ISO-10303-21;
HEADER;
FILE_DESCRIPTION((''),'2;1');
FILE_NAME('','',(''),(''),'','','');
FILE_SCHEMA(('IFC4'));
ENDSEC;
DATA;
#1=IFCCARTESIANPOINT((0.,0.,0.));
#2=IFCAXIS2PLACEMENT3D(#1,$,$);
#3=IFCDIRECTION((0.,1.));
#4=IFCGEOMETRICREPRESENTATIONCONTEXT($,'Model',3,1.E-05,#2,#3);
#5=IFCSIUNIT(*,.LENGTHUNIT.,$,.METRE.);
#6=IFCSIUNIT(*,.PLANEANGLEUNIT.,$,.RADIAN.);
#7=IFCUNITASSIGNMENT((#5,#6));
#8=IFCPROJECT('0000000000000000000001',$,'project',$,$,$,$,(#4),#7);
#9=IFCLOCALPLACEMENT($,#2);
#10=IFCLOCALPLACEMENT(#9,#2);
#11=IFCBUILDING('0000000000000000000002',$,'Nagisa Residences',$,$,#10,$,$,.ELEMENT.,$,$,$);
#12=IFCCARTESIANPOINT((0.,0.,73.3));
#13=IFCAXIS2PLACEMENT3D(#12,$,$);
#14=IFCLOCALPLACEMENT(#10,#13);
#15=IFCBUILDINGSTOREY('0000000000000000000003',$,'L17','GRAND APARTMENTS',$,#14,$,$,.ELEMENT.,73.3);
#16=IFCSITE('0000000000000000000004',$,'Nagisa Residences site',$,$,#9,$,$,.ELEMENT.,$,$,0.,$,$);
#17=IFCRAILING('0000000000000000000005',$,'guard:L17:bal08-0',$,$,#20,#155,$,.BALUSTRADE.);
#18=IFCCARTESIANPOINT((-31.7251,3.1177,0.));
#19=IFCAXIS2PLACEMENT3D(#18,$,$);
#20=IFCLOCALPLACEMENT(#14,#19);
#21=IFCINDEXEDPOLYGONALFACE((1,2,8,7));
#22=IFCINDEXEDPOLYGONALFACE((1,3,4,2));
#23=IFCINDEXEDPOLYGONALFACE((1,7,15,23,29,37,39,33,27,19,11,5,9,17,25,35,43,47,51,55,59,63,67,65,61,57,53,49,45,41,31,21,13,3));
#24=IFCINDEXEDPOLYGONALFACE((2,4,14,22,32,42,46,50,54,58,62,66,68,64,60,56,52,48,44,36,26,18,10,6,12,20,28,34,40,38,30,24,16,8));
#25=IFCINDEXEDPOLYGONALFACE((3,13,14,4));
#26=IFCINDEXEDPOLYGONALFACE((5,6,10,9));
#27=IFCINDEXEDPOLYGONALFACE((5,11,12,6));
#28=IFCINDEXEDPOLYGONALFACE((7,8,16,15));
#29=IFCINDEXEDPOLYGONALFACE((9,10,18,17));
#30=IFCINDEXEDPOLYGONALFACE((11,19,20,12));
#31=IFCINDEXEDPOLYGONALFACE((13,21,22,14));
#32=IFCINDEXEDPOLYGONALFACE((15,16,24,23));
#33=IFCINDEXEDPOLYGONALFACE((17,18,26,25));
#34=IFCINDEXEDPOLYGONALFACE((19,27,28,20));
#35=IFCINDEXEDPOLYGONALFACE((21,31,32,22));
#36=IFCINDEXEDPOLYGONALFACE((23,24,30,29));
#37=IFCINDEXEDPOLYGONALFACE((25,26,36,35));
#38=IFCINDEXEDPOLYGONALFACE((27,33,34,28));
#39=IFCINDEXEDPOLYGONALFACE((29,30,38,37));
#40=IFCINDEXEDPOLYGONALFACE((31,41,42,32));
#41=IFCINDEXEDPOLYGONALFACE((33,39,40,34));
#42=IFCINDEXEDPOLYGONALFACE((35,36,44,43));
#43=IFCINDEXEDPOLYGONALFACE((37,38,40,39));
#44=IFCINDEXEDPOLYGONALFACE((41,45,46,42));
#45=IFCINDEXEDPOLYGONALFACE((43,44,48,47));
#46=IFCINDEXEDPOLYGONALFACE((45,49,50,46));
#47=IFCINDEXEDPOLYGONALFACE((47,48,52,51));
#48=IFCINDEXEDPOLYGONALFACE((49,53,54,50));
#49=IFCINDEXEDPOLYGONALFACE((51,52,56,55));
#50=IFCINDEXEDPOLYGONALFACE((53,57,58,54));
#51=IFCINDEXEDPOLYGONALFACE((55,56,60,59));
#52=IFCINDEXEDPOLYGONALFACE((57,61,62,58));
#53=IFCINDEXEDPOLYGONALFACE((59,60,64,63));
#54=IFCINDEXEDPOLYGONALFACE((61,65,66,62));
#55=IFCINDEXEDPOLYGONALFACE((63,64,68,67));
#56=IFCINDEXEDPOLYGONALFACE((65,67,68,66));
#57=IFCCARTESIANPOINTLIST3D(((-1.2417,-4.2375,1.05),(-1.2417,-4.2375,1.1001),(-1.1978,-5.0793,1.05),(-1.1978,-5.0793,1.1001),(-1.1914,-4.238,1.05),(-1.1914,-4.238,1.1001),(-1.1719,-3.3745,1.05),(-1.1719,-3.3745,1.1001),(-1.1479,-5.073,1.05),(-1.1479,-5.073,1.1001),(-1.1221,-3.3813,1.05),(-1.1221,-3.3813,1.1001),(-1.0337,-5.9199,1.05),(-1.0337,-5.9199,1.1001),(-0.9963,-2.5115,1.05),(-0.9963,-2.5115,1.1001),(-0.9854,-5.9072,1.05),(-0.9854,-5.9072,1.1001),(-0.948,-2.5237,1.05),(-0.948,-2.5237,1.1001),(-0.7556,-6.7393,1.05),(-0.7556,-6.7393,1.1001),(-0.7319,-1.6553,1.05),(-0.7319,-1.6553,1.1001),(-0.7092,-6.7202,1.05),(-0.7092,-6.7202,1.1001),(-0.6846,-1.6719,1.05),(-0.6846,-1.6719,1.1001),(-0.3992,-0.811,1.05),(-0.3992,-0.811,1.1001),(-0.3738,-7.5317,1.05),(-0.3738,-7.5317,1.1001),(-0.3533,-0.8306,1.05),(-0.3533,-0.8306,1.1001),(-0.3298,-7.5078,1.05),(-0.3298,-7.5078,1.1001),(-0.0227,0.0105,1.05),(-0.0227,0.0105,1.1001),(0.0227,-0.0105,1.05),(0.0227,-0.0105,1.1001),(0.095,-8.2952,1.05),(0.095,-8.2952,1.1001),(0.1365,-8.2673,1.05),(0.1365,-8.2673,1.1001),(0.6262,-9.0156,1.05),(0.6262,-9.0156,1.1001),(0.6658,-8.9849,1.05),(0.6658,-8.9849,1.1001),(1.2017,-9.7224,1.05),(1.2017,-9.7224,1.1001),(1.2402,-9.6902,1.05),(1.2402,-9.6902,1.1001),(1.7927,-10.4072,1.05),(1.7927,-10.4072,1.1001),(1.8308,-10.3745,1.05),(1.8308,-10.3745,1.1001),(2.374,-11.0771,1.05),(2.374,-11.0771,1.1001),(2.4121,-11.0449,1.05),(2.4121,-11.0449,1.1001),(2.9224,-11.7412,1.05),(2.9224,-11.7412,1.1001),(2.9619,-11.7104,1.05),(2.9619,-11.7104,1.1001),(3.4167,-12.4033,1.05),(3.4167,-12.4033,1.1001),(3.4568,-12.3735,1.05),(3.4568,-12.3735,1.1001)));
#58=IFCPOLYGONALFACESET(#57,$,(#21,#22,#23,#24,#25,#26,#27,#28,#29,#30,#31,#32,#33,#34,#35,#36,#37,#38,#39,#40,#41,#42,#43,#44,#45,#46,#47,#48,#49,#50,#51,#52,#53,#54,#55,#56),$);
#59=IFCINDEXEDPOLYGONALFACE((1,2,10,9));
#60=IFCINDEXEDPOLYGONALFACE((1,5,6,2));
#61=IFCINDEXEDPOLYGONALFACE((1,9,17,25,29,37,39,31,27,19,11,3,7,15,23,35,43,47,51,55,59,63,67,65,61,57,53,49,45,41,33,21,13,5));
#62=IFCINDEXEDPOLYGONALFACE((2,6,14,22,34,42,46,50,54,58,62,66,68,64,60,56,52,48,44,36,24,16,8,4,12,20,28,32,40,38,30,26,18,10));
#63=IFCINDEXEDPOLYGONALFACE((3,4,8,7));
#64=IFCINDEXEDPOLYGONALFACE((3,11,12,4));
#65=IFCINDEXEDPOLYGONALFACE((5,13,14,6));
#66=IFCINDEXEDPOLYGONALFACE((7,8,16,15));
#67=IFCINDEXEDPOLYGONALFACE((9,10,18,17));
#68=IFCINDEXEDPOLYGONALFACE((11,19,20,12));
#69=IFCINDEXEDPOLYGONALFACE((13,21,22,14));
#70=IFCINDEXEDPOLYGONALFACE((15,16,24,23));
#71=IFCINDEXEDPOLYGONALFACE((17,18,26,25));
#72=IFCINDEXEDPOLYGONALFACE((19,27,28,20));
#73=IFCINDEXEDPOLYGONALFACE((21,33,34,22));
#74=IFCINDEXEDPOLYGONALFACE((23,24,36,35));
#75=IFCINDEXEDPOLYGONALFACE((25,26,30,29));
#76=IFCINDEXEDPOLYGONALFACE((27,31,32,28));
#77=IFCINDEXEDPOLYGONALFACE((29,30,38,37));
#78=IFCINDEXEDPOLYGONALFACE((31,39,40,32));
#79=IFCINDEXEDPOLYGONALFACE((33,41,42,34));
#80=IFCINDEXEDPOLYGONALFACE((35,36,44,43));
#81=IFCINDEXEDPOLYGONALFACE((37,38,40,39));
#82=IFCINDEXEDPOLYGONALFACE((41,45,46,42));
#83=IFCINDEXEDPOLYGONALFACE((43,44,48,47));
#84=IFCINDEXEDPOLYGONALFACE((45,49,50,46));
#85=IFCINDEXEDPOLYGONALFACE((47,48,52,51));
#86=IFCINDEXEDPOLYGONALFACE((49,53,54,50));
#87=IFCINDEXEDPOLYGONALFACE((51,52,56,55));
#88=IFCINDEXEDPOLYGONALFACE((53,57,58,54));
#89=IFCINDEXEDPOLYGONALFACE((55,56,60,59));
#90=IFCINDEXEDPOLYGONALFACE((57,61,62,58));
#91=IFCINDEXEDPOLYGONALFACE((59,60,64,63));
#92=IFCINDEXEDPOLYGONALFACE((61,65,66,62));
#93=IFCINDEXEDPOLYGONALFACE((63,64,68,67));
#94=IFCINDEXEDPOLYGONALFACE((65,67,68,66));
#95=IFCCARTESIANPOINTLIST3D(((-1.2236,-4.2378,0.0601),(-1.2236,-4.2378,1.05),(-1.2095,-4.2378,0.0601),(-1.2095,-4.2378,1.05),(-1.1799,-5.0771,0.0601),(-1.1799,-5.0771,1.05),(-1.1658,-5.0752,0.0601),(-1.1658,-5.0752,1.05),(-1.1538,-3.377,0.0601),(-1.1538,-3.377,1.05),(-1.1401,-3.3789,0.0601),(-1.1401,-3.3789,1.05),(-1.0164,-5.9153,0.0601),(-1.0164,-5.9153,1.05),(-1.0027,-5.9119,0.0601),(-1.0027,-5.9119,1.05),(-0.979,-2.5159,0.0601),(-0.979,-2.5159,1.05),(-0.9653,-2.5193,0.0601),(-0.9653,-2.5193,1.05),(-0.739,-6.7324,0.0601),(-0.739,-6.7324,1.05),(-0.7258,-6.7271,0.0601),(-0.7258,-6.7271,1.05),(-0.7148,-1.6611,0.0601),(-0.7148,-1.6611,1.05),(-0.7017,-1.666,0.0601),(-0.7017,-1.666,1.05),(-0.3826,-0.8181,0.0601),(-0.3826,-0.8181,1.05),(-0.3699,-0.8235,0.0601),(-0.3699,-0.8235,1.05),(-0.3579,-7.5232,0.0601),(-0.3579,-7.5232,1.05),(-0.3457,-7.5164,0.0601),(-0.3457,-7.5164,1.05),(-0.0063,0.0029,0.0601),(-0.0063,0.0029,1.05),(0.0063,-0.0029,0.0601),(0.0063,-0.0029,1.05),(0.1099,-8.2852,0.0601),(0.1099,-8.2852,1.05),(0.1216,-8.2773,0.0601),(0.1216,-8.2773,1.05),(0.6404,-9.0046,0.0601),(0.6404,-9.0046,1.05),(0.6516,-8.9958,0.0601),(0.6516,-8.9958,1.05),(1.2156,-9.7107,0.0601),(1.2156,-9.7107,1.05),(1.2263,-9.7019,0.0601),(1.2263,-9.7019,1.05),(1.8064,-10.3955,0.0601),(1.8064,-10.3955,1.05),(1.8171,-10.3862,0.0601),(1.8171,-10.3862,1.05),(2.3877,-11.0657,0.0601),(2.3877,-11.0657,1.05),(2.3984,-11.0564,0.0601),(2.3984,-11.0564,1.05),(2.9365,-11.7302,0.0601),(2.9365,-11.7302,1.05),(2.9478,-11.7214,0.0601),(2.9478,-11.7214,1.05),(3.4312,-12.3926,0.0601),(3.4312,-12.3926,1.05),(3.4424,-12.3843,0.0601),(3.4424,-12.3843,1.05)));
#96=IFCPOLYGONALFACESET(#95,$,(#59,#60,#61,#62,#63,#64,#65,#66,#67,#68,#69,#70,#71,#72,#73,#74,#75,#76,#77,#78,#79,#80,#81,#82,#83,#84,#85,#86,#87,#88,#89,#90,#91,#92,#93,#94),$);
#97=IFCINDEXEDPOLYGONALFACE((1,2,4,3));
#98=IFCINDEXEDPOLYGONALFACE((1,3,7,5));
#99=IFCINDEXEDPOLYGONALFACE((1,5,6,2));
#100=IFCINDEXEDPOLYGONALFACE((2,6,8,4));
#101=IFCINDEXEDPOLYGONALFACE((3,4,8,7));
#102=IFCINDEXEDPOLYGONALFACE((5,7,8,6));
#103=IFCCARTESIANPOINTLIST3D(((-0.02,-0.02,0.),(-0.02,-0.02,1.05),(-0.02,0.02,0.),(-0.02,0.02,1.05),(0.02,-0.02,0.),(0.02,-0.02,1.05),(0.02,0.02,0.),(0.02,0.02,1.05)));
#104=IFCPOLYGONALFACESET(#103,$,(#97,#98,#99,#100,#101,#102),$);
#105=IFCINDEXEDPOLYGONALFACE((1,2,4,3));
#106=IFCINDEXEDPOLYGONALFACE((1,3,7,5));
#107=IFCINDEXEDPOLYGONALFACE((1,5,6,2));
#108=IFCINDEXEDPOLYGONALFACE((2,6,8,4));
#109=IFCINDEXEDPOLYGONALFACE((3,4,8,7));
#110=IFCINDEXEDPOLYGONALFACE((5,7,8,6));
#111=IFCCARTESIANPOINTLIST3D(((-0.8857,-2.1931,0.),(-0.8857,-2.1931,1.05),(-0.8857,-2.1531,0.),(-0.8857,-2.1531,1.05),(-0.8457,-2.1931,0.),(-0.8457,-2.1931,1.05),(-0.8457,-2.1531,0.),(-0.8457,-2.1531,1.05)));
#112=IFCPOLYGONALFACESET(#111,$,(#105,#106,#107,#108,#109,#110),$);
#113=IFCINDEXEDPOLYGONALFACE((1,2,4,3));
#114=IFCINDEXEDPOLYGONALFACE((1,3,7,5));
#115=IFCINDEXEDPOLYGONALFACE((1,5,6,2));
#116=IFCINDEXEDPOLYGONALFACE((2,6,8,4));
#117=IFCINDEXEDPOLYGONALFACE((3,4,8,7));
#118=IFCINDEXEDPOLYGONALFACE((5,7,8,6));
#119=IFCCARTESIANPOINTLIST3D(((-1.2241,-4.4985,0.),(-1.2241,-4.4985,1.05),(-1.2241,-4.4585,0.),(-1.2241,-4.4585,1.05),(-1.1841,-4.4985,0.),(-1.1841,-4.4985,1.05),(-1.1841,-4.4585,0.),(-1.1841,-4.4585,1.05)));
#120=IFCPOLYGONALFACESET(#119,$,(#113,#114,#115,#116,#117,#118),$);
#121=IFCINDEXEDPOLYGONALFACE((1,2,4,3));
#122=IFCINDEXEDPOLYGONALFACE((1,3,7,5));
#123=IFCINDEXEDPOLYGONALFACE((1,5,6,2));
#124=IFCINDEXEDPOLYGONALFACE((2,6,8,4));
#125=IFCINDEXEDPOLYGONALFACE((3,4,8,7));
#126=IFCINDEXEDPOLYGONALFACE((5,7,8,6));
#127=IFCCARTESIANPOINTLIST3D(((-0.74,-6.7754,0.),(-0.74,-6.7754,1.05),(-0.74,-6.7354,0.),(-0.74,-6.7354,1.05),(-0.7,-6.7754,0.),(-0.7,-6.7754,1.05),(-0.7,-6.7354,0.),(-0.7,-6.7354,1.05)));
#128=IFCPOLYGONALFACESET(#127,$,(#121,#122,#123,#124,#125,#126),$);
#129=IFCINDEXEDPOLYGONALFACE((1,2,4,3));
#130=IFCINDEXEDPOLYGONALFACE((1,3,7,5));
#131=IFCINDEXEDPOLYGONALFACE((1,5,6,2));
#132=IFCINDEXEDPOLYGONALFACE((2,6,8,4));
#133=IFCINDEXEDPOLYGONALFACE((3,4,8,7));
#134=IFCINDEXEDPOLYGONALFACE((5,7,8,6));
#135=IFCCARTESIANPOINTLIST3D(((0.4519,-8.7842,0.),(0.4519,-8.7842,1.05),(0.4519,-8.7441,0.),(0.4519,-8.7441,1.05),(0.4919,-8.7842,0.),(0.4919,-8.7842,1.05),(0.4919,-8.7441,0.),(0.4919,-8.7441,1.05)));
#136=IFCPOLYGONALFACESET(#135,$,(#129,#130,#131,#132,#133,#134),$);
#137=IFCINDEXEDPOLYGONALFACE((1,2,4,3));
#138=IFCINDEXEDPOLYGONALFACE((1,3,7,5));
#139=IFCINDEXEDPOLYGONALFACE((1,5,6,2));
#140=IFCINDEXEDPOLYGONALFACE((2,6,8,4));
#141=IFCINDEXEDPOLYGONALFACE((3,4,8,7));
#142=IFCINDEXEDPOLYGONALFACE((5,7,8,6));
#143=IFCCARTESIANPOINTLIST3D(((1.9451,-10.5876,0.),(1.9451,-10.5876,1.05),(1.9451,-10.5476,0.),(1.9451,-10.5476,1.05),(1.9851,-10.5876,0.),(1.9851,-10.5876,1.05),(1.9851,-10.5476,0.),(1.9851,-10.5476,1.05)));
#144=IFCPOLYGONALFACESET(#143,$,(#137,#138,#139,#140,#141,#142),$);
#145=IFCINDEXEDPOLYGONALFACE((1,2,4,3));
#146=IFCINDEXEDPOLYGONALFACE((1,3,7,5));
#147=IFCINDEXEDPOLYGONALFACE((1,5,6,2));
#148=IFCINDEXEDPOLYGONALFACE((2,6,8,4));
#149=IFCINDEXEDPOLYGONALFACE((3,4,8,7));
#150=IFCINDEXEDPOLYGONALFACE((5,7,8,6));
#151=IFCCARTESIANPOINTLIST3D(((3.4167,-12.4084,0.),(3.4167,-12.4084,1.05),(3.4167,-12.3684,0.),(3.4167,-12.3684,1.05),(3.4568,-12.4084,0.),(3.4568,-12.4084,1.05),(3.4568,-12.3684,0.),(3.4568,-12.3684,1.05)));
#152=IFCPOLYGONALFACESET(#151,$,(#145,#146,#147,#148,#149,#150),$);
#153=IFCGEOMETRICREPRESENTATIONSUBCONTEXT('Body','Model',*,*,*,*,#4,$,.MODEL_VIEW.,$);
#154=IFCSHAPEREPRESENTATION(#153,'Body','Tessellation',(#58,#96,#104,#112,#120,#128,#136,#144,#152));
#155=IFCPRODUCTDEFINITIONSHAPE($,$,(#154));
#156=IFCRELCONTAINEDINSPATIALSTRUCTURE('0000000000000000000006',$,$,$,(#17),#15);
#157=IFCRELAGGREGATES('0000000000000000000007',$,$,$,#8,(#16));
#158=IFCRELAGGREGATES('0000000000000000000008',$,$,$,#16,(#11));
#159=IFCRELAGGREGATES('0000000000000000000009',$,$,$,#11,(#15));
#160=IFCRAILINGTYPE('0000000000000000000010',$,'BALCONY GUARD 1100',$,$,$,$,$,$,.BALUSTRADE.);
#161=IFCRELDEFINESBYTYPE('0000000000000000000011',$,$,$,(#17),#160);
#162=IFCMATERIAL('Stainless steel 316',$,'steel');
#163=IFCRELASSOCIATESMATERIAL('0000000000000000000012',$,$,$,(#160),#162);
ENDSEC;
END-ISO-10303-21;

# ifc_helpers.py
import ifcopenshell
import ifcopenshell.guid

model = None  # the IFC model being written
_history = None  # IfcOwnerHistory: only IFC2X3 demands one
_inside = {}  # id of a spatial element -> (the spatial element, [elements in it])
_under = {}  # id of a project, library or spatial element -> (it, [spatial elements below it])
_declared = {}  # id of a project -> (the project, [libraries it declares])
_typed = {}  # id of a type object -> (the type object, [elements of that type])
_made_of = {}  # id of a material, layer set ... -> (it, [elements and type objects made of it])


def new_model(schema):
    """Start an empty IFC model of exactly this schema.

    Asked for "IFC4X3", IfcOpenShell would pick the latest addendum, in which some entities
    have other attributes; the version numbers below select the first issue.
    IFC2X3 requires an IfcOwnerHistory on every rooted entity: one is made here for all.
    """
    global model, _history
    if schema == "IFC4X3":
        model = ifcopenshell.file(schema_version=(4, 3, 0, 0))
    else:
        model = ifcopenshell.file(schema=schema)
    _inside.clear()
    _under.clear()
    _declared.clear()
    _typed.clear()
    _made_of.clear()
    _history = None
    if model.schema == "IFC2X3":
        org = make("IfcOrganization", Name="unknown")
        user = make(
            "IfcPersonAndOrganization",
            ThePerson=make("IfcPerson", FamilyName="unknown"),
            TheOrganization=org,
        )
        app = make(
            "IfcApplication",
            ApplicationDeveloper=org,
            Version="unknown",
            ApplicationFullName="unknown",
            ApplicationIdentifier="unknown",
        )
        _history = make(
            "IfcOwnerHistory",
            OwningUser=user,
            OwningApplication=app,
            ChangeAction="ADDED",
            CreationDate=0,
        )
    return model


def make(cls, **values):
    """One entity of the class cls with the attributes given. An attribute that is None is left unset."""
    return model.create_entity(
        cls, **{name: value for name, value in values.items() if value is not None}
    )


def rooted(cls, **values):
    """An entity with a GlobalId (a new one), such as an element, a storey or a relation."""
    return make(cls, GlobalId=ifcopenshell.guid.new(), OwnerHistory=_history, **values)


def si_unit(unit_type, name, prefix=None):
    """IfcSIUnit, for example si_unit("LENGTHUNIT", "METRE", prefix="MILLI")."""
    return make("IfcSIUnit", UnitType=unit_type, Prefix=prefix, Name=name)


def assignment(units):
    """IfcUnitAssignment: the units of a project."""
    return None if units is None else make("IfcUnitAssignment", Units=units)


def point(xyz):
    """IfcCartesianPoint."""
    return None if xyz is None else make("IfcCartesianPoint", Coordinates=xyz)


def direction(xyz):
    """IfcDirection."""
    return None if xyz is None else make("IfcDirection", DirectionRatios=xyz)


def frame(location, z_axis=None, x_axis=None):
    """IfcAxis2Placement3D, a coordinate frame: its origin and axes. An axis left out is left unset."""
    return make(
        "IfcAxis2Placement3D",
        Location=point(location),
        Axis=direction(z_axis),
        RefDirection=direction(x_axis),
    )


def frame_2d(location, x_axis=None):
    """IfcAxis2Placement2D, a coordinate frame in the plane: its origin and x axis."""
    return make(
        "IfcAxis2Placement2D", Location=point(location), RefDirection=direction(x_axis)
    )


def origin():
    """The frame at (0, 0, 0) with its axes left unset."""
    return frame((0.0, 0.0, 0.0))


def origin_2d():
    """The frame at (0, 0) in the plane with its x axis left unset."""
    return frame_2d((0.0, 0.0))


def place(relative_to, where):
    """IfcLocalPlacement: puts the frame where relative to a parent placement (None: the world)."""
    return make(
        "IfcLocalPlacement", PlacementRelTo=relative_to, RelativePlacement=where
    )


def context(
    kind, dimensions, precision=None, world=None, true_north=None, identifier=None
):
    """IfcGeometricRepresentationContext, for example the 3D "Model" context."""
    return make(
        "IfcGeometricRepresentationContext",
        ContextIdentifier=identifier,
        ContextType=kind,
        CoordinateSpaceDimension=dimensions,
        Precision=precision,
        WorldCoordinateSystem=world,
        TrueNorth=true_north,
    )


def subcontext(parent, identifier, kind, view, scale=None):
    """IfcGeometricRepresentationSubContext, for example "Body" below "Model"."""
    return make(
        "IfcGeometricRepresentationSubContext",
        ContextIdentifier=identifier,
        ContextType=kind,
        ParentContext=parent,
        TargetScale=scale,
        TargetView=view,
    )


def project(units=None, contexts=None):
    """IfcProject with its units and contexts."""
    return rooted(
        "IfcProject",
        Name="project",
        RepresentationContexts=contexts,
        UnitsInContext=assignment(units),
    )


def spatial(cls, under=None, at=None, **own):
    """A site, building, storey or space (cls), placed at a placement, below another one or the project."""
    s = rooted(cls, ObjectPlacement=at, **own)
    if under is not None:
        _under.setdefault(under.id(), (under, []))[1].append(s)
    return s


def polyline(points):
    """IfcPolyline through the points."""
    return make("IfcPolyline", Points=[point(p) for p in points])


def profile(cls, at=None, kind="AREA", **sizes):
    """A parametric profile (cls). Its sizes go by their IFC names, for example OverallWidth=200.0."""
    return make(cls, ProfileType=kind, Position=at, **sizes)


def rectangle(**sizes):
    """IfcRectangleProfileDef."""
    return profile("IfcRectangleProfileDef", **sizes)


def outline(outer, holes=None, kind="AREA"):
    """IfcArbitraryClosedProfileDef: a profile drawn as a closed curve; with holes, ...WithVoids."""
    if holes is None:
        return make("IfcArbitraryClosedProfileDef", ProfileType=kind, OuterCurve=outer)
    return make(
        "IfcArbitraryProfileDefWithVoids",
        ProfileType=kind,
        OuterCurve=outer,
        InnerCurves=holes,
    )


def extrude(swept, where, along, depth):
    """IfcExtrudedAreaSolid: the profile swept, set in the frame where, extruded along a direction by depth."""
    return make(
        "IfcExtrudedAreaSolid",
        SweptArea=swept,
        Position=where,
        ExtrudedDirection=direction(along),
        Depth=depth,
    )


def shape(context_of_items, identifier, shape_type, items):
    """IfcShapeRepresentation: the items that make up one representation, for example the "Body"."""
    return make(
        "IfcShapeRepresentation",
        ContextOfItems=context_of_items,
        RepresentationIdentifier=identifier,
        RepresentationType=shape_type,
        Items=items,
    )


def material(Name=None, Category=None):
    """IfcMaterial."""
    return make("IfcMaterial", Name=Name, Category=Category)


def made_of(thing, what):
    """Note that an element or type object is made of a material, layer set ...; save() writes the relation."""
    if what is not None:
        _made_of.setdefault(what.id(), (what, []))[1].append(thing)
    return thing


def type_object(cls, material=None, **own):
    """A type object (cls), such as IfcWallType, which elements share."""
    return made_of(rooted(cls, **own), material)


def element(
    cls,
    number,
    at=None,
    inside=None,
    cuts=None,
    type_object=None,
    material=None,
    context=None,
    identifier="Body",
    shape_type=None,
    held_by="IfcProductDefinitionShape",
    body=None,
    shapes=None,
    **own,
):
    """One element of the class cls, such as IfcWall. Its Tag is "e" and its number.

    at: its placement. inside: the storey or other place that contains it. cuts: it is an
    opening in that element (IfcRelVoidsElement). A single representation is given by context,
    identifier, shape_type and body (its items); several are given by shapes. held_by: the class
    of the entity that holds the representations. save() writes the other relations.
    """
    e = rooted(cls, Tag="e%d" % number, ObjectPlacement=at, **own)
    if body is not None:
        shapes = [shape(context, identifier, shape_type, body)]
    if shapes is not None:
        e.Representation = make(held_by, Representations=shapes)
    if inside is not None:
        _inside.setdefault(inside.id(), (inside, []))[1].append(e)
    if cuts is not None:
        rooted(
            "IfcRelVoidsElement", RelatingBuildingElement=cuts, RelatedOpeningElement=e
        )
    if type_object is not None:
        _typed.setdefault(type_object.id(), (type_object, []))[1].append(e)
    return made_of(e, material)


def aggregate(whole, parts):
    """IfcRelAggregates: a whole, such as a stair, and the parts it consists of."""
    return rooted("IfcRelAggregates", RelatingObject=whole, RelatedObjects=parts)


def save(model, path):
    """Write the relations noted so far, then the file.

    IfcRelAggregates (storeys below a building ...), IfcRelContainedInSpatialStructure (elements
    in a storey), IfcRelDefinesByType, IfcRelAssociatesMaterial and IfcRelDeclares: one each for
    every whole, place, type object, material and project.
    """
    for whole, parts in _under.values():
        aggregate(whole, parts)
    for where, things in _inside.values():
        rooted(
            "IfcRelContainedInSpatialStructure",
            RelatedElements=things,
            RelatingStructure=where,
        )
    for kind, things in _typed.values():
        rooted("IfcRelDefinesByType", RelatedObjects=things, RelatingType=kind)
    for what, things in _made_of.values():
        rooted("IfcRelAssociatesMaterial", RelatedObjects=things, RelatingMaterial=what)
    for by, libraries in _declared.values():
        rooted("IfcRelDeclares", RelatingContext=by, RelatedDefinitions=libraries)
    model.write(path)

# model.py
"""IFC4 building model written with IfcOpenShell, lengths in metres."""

from ifc_helpers import new_model, si_unit, direction, frame, origin, origin_2d, place, context, subcontext, project, spatial, polyline, rectangle, outline, extrude, material, type_object, element, save


model = new_model("IFC4")

# Units and contexts
model_context = context("Model", 3, precision=1e-05, world=origin(), true_north=direction((0.0, 1.0)))
body_context = subcontext(model_context, "Body", "Model", "MODEL_VIEW")
ifc_project = project(units=[si_unit("LENGTHUNIT", "METRE"), si_unit("PLANEANGLEUNIT", "RADIAN")], contexts=[model_context])

# Site, building, storey
site_placement = place(None, origin())
site = spatial("IfcSite", under=ifc_project, at=site_placement, Name="Nagisa Residences site", CompositionType="ELEMENT", RefElevation=0.0)
building_placement = place(site_placement, origin())
building = spatial("IfcBuilding", under=site, at=building_placement, Name="Nagisa Residences", CompositionType="ELEMENT")
storey_placement = place(building_placement, frame((0.0, 0.0, 73.3)))
storey = spatial("IfcBuildingStorey", under=building, at=storey_placement, Name="L17", Description="GRAND APARTMENTS", CompositionType="ELEMENT", Elevation=73.3)

# Railing
ifc_material_1 = material(Name="Stainless steel 316", Category="steel")
railing_type = type_object("IfcRailingType", Name="BALCONY GUARD 1100", PredefinedType="BALUSTRADE", material=ifc_material_1)
railing_placement = place(storey_placement, frame((-31.7251, 3.1177, 0.0)))
element("IfcRailing", 1, at=railing_placement, inside=storey, type_object=railing_type, Name="guard:L17:bal08-0", PredefinedType="BALUSTRADE", context=body_context, shape_type="SweptSolid", body=[
    extrude(outline(polyline([(-0.3533, -0.8306), (0.0227, -0.0105), (-0.0227, 0.0105), (-0.3992, -0.811), (-0.7319, -1.6553), (-0.9963, -2.5115), (-1.1719, -3.3745), (-1.2417, -4.2375), (-1.1978, -5.0793), (-1.0337, -5.9199), (-0.7556, -6.7393), (-0.3738, -7.5317), (0.095, -8.2952), (0.6262, -9.0156), (1.2017, -9.7224), (1.7927, -10.4072), (2.374, -11.0771), (2.9224, -11.7412), (3.4167, -12.4033), (3.4568, -12.3735), (2.9619, -11.7104), (2.4121, -11.0449), (1.8308, -10.3745), (1.2402, -9.6902), (0.6658, -8.9849), (0.1365, -8.2673), (-0.3298, -7.5078), (-0.7092, -6.7202), (-0.9854, -5.9072), (-1.1479, -5.073), (-1.1914, -4.238), (-1.1221, -3.3813), (-0.948, -2.5237), (-0.6846, -1.6719), (-0.3533, -0.8306)])), frame((0.0, 0.0, 1.05)), (0.0, 0.0, 1.0), 0.05),
    extrude(outline(polyline([(-0.3699, -0.8235), (0.0063, -0.0029), (-0.0063, 0.0029), (-0.3826, -0.8181), (-0.7148, -1.6611), (-0.979, -2.5159), (-1.1538, -3.377), (-1.2236, -4.2378), (-1.1799, -5.0771), (-1.0164, -5.9153), (-0.739, -6.7324), (-0.3579, -7.5232), (0.1099, -8.2852), (0.6404, -9.0046), (1.2156, -9.7107), (1.8064, -10.3955), (2.3877, -11.0657), (2.9365, -11.7302), (3.4312, -12.3926), (3.4424, -12.3843), (2.9478, -11.7214), (2.3984, -11.0564), (1.8171, -10.3862), (1.2263, -9.7019), (0.6516, -8.9958), (0.1216, -8.2773), (-0.3457, -7.5164), (-0.7258, -6.7271), (-1.0027, -5.9119), (-1.1658, -5.0752), (-1.2095, -4.2378), (-1.1401, -3.3789), (-0.9653, -2.5193), (-0.7017, -1.666), (-0.3699, -0.8235)])), frame((0.0, 0.0, 0.0601)), (0.0, 0.0, 1.0), 0.99),
    extrude(rectangle(XDim=0.04, YDim=0.04, at=origin_2d()), origin(), (0.0, 0.0, 1.0), 1.05),
    extrude(rectangle(XDim=0.04, YDim=0.04, at=origin_2d()), frame((-0.8657, -2.1731, 0.0)), (0.0, 0.0, 1.0), 1.05),
    extrude(rectangle(XDim=0.04, YDim=0.04, at=origin_2d()), frame((-1.2041, -4.4785, 0.0)), (0.0, 0.0, 1.0), 1.05),
    extrude(rectangle(XDim=0.04, YDim=0.04, at=origin_2d()), frame((-0.72, -6.7554, 0.0)), (0.0, 0.0, 1.0), 1.05),
    extrude(rectangle(XDim=0.04, YDim=0.04, at=origin_2d()), frame((0.4719, -8.7642, 0.0)), (0.0, 0.0, 1.0), 1.05),
    extrude(rectangle(XDim=0.04, YDim=0.04, at=origin_2d()), frame((1.9651, -10.5676, 0.0)), (0.0, 0.0, 1.0), 1.05),
    extrude(rectangle(XDim=0.04, YDim=0.04, at=origin_2d()), frame((3.4368, -12.3884, 0.0)), (0.0, 0.0, 1.0), 1.05),
])

save(model, "model.ifc")
